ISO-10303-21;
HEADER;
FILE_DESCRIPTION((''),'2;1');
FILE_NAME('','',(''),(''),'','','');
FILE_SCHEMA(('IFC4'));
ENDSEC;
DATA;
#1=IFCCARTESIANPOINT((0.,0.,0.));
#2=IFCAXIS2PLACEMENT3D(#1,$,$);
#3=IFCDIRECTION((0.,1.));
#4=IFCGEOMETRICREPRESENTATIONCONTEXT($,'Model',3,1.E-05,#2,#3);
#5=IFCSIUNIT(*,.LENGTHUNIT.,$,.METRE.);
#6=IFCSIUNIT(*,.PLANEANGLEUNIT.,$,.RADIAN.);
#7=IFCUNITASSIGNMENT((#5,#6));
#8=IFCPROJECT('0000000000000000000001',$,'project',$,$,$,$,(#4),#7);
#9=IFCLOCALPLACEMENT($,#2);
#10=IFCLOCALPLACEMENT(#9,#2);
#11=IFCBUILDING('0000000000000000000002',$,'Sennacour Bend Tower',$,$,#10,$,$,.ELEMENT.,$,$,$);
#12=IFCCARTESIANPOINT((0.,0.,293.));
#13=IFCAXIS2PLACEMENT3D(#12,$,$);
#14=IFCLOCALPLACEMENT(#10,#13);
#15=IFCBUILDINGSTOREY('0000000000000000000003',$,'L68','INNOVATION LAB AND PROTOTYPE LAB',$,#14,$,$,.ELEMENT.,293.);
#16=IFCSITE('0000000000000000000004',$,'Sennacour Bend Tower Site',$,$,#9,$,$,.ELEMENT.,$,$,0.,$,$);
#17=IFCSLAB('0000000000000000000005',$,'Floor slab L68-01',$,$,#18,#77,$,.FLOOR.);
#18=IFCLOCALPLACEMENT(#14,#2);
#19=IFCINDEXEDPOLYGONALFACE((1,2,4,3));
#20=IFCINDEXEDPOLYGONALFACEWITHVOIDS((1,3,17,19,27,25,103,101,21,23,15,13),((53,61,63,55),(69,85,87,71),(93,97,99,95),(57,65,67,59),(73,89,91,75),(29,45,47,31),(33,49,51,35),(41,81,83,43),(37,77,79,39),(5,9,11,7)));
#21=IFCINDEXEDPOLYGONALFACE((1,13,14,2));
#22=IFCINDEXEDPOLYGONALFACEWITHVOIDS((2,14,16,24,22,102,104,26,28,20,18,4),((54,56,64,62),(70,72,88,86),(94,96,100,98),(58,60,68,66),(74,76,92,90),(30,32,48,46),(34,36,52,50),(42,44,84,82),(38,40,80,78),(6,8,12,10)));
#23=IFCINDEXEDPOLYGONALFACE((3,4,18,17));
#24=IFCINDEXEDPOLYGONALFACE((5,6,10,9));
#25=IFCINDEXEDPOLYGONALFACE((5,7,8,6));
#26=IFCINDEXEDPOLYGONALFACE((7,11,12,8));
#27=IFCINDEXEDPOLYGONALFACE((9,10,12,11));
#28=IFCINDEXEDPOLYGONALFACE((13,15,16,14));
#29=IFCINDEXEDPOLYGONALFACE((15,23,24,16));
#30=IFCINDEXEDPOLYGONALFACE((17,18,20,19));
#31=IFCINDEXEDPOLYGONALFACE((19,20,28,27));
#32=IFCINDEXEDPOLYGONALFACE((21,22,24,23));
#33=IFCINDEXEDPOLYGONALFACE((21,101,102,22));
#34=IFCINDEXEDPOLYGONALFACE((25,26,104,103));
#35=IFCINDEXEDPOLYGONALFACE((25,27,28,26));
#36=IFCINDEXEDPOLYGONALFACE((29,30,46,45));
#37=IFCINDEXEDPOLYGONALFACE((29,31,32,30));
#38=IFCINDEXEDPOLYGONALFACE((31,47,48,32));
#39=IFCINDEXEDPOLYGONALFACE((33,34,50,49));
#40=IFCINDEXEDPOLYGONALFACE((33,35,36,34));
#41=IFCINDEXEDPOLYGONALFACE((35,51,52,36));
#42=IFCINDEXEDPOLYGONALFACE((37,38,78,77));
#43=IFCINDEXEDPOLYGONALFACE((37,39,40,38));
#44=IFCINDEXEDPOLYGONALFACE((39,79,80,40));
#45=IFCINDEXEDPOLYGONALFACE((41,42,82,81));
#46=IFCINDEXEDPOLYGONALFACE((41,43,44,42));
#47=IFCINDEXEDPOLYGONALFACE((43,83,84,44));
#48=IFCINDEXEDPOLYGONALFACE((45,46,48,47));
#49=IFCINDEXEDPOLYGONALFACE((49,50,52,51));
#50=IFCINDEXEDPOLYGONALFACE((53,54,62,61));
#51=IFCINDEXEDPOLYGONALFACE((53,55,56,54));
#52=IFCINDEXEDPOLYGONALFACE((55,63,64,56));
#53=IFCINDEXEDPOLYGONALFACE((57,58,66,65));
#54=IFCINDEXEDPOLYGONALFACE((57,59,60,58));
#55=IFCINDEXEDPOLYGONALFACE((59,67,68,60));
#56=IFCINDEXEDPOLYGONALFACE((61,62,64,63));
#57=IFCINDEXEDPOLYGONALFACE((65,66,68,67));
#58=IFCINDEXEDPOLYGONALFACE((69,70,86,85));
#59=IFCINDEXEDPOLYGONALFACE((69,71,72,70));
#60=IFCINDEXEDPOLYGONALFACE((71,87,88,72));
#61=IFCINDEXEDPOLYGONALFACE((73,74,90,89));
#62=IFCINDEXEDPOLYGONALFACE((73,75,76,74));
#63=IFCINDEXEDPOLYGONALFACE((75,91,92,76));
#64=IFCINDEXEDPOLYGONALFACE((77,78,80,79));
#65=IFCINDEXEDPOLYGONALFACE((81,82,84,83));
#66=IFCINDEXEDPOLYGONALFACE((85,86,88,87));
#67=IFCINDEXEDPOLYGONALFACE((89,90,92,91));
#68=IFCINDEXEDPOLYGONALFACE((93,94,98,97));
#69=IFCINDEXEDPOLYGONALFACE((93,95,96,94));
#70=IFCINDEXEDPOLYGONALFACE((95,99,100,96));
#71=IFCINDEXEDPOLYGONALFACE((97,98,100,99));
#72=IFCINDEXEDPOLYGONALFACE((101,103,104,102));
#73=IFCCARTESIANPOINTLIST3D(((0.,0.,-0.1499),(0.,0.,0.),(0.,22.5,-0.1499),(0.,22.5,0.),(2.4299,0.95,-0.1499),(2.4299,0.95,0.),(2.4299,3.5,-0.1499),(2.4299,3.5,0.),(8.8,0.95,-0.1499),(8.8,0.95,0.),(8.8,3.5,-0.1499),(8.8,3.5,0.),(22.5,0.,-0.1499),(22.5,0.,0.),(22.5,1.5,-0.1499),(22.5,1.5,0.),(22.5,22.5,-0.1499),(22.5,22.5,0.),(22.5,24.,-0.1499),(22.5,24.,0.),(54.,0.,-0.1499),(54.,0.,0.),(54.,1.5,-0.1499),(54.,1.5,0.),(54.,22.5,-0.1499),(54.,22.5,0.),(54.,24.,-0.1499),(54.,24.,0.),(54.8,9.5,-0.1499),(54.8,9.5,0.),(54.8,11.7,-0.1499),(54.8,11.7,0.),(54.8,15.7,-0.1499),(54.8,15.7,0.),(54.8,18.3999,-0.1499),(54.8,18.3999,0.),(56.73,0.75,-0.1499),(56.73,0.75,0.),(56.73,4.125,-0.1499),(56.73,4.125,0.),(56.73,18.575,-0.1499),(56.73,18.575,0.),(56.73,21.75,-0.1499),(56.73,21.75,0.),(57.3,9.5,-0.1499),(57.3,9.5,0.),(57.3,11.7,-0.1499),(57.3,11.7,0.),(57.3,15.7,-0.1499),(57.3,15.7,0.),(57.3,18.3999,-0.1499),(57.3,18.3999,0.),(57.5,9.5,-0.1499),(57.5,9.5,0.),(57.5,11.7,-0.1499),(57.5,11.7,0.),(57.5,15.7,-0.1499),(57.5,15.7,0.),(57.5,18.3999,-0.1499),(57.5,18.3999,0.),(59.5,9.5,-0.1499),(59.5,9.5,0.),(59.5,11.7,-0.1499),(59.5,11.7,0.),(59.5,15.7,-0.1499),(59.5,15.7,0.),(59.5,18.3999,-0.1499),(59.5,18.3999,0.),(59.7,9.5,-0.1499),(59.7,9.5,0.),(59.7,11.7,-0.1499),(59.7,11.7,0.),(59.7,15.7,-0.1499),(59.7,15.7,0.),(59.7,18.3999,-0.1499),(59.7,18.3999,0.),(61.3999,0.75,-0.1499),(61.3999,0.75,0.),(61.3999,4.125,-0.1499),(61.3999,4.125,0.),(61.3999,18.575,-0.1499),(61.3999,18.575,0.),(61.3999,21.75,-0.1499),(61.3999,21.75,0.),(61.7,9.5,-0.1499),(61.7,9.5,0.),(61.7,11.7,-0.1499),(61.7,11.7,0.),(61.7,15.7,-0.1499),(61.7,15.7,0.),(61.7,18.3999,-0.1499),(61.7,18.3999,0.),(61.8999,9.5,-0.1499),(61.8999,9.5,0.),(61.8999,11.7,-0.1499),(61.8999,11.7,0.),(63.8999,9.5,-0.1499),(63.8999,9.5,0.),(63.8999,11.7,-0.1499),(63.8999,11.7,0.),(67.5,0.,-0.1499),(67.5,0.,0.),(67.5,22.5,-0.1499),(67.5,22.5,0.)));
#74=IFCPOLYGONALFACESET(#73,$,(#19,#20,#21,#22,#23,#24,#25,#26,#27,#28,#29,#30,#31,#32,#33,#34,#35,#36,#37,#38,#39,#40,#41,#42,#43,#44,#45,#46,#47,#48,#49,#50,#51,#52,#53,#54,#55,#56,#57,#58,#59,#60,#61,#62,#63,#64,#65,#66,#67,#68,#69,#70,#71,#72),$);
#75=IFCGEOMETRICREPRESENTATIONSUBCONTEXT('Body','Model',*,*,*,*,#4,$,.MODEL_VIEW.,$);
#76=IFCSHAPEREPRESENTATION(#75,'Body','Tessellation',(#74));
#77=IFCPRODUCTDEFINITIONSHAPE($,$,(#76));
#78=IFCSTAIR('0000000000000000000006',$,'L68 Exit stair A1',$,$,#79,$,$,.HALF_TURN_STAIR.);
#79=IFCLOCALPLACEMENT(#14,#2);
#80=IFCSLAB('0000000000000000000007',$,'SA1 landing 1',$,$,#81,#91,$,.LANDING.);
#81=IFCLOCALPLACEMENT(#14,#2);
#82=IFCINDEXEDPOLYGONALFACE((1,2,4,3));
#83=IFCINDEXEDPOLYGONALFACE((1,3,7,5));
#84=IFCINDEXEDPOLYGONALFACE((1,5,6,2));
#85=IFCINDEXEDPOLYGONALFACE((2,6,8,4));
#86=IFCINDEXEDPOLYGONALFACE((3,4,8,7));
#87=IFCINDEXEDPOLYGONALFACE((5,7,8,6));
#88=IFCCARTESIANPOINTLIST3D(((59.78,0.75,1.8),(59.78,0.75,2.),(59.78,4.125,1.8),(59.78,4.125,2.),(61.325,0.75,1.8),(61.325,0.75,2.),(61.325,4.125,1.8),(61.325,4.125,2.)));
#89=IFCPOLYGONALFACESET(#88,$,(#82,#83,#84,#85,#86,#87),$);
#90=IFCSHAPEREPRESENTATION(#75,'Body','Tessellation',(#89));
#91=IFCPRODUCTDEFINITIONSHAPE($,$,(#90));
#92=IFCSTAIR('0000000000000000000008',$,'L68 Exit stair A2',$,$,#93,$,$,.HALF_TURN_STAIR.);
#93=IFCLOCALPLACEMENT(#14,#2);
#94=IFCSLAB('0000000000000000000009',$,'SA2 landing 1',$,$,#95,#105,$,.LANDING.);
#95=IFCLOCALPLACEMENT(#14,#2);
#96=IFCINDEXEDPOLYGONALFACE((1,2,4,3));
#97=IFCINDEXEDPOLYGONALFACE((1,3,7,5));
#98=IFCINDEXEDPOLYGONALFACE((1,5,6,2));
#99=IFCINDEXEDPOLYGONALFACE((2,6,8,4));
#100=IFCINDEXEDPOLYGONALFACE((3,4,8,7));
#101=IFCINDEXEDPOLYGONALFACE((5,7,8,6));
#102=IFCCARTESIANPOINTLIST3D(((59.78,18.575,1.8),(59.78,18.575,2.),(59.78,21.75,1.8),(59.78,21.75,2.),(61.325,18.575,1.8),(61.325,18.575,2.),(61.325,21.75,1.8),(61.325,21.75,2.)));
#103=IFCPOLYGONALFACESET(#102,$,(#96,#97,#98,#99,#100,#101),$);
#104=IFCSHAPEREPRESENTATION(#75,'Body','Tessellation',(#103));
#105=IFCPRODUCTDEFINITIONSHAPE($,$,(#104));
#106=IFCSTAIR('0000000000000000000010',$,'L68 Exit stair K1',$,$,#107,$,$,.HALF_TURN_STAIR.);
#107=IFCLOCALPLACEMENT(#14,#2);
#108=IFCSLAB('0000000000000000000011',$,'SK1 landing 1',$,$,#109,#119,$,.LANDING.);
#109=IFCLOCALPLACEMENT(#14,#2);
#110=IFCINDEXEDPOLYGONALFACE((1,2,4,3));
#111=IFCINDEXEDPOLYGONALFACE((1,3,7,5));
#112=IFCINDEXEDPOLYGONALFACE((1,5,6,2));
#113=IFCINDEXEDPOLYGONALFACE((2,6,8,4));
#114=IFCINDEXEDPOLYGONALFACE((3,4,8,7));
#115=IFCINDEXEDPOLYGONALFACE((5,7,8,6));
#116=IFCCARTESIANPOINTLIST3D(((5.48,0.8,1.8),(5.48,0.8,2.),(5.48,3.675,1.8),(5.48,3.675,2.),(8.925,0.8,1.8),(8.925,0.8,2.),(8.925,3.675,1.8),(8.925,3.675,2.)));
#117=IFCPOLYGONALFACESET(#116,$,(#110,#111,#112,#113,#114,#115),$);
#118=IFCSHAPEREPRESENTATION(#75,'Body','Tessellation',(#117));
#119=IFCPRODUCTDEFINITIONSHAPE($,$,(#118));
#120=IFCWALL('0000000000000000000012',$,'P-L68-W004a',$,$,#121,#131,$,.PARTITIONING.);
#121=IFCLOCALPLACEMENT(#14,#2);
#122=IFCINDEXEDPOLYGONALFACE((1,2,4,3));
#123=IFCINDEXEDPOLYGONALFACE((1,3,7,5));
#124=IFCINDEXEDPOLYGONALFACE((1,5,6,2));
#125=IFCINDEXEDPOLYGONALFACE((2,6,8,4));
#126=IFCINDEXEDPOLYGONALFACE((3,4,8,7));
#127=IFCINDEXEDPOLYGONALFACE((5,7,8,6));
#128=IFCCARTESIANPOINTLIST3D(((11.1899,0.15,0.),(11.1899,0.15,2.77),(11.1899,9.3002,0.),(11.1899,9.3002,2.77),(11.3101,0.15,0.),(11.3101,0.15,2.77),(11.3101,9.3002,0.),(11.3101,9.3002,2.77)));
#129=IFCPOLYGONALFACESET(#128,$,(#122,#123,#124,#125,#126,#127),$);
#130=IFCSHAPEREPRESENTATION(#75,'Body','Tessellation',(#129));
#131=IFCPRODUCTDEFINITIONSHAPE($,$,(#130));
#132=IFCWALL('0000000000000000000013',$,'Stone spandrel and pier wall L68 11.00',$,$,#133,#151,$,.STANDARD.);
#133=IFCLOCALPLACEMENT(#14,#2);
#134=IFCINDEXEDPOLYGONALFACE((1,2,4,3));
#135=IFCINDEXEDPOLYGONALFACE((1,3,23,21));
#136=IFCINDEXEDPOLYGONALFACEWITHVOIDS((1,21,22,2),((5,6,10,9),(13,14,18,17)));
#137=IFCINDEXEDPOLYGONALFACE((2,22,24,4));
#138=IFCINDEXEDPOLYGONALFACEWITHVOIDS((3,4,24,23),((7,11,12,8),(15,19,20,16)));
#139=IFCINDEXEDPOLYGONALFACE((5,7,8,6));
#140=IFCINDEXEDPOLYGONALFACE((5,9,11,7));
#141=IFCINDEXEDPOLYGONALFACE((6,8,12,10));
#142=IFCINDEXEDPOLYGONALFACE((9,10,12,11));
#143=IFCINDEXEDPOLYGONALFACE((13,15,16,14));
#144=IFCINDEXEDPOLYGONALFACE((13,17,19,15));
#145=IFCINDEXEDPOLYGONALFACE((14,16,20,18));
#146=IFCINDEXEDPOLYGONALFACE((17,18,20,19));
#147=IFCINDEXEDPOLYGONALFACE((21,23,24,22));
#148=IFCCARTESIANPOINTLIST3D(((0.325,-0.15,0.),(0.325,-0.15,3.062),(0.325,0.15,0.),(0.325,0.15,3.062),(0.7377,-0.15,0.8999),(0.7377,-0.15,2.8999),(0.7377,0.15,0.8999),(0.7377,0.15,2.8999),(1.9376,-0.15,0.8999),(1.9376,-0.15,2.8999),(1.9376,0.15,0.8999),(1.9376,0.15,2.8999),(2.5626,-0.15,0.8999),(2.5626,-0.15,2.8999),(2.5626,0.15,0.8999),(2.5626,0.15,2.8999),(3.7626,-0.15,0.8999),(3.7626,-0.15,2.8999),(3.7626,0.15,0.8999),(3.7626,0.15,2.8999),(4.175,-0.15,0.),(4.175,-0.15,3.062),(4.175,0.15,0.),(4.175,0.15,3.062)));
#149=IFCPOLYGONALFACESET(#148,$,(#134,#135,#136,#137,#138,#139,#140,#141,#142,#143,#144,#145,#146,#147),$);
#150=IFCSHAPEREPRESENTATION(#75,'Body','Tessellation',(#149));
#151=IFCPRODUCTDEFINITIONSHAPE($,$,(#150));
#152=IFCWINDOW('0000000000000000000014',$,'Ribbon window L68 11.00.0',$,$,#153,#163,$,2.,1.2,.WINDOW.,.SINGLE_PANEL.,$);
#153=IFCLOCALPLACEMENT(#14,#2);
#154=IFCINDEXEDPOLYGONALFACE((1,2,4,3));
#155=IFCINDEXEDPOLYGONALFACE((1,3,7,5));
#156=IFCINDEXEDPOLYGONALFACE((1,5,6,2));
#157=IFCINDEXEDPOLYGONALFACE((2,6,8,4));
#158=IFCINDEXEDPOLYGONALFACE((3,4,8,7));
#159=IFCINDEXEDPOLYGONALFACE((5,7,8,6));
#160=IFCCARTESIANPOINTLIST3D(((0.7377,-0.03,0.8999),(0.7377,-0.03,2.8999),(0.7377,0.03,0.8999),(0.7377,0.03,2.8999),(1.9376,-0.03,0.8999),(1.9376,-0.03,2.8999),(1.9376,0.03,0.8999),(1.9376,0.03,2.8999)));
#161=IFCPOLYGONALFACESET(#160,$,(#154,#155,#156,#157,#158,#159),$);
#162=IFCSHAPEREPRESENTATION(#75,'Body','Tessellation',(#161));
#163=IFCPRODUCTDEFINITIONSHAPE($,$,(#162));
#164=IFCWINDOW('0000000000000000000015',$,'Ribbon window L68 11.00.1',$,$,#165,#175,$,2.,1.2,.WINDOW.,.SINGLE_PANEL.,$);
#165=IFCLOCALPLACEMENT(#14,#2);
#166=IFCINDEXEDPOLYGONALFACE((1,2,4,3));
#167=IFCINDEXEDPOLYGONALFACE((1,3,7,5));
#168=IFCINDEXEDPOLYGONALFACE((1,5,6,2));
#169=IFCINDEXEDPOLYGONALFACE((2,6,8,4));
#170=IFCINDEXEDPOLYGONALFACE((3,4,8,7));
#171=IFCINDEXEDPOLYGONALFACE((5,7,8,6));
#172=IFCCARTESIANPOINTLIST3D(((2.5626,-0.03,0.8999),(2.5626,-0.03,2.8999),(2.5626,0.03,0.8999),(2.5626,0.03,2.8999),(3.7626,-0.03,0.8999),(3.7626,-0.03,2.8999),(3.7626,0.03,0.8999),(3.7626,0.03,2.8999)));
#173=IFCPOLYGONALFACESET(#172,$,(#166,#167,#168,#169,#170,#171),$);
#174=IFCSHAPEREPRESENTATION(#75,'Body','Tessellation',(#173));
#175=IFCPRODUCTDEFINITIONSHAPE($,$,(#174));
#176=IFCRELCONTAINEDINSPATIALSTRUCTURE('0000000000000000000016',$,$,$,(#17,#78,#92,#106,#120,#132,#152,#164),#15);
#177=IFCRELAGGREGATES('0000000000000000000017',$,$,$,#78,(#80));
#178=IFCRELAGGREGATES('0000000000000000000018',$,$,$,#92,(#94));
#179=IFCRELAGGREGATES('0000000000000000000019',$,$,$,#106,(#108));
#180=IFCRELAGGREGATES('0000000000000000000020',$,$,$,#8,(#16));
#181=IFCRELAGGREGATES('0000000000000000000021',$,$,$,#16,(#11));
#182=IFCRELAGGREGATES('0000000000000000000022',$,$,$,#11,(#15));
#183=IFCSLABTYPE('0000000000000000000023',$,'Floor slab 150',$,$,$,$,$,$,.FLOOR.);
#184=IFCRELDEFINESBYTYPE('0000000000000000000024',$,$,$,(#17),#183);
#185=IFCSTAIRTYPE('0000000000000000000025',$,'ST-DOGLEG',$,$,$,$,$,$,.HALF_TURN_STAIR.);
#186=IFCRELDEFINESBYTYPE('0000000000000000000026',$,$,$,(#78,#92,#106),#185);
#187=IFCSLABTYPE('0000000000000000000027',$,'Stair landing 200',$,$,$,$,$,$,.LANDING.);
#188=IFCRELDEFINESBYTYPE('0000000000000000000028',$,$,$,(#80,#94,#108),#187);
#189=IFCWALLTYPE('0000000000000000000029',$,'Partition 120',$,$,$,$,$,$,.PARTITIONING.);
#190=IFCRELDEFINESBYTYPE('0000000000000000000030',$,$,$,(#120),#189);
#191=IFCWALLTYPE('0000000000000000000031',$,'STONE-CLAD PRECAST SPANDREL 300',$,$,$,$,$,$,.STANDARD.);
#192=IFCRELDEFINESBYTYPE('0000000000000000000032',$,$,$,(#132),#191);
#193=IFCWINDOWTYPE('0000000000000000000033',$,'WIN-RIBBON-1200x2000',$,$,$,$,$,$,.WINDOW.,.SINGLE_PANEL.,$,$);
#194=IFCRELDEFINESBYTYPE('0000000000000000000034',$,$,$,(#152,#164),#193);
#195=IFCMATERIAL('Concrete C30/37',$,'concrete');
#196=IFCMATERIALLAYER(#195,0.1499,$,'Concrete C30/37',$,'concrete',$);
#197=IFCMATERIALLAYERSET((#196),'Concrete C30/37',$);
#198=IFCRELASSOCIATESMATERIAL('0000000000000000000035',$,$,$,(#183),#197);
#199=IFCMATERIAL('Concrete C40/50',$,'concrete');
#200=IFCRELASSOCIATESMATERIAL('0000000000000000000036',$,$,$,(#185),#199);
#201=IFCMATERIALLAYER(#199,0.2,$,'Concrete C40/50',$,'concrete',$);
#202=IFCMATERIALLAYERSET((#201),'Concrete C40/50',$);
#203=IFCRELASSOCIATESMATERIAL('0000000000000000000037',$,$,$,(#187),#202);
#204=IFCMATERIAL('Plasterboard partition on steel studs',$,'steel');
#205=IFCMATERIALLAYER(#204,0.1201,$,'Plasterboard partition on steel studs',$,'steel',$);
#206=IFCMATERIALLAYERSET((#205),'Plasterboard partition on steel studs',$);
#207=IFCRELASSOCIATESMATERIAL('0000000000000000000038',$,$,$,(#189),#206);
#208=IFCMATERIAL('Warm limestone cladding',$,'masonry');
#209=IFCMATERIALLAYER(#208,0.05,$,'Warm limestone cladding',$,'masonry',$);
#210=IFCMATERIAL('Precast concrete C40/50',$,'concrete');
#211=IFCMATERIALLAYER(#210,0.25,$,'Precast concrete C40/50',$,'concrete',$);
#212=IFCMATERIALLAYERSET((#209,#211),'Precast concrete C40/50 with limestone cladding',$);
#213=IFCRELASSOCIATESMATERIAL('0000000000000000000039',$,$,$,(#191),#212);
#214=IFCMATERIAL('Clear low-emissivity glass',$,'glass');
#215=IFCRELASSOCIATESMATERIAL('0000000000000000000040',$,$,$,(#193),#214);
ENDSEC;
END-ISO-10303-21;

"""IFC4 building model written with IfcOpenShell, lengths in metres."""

from ifc_helpers import new_model, si_unit, direction, frame, frame_2d, origin, place, context, subcontext, project, spatial, polyline, rectangle, outline, extrude, material, layer, layer_set, type_object, element, fill, aggregate, save


model = new_model("IFC4")

# Units and contexts
model_context = context("Model", 3, precision=1e-05, world=origin(), true_north=direction((0.0, 1.0)))
body_context = subcontext(model_context, "Body", "Model", "MODEL_VIEW")
ifc_project = project(units=[si_unit("LENGTHUNIT", "METRE"), si_unit("PLANEANGLEUNIT", "RADIAN")], contexts=[model_context])

# Site, building, storey
site_placement = place(None, origin())
site = spatial("IfcSite", under=ifc_project, at=site_placement, Name="Sennacour Bend Tower Site", CompositionType="ELEMENT", RefElevation=0.0)
building_placement = place(site_placement, origin())
building = spatial("IfcBuilding", under=site, at=building_placement, Name="Sennacour Bend Tower", CompositionType="ELEMENT")
storey_placement = place(building_placement, frame((0.0, 0.0, 293.0)))
storey = spatial("IfcBuildingStorey", under=building, at=storey_placement, Name="L68", Description="INNOVATION LAB AND PROTOTYPE LAB", CompositionType="ELEMENT", Elevation=293.0)

# Slab
ifc_material_1 = material(Name="Concrete C30/37", Category="concrete")
ifc_layer_1 = layer(ifc_material_1, 0.1499, Name="Concrete C30/37", Category="concrete")
ifc_layer_set_1 = layer_set([ifc_layer_1], Name="Concrete C30/37")
slab_type_1 = type_object("IfcSlabType", Name="Floor slab 150", PredefinedType="FLOOR", material=ifc_layer_set_1)
slab_1_placement = place(storey_placement, frame((0.0, 0.0, -0.1499)))
element("IfcSlab", 1, at=slab_1_placement, inside=storey, type_object=slab_type_1, Name="Floor slab L68-01", PredefinedType="FLOOR", context=body_context, shape_type="SweptSolid", body=[
    extrude(outline(polyline([(0.0, 0.0), (0.0, 22.5), (22.5, 22.5), (22.5, 24.0), (54.0, 24.0), (54.0, 22.5), (67.5, 22.5), (67.5, 0.0), (54.0, 0.0), (54.0, 1.5), (22.5, 1.5), (22.5, 0.0), (0.0, 0.0)]), holes=[polyline([(8.8, 3.5), (2.4299, 3.5), (2.4299, 0.95), (8.8, 0.95), (8.8, 3.5)]), polyline([(61.3999, 4.125), (56.73, 4.125), (56.73, 0.75), (61.3999, 0.75), (61.3999, 4.125)]), polyline([(57.3, 11.7), (54.8, 11.7), (54.8, 9.5), (57.3, 9.5), (57.3, 11.7)]), polyline([(59.5, 9.5), (59.5, 11.7), (57.5, 11.7), (57.5, 9.5), (59.5, 9.5)]), polyline([(61.7, 9.5), (61.7, 11.7), (59.7, 11.7), (59.7, 9.5), (61.7, 9.5)]), polyline([(63.8999, 11.7), (61.8999, 11.7), (61.8999, 9.5), (63.8999, 9.5), (63.8999, 11.7)]), polyline([(57.3, 18.3999), (54.8, 18.3999), (54.8, 15.7), (57.3, 15.7), (57.3, 18.3999)]), polyline([(59.5, 18.3999), (57.5, 18.3999), (57.5, 15.7), (59.5, 15.7), (59.5, 18.3999)]), polyline([(61.7, 15.7), (61.7, 18.3999), (59.7, 18.3999), (59.7, 15.7), (61.7, 15.7)]), polyline([(61.3999, 18.575), (61.3999, 21.75), (56.73, 21.75), (56.73, 18.575), (61.3999, 18.575)])]), origin(), (0.0, 0.0, 1.0), 0.1499),
])

# Stairs, slabs
ifc_material_2 = material(Name="Concrete C40/50", Category="concrete")
stair_type = type_object("IfcStairType", Name="ST-DOGLEG", PredefinedType="HALF_TURN_STAIR", material=ifc_material_2)
stair_1_placement = place(storey_placement, origin())
stair_1 = element("IfcStair", 2, at=stair_1_placement, inside=storey, type_object=stair_type, Name="L68 Exit stair A1", PredefinedType="HALF_TURN_STAIR")
ifc_layer_2 = layer(ifc_material_2, 0.2, Name="Concrete C40/50", Category="concrete")
ifc_layer_set_2 = layer_set([ifc_layer_2], Name="Concrete C40/50")
slab_type_2 = type_object("IfcSlabType", Name="Stair landing 200", PredefinedType="LANDING", material=ifc_layer_set_2)
slab_2_placement = place(storey_placement, frame((0.0, 0.0, 1.8)))
slab_2 = element("IfcSlab", 3, at=slab_2_placement, type_object=slab_type_2, Name="SA1 landing 1", PredefinedType="LANDING", context=body_context, shape_type="SweptSolid", body=[
    extrude(outline(polyline([(59.78, 0.75), (61.325, 0.75), (61.325, 4.125), (59.78, 4.125), (59.78, 0.75)])), origin(), (0.0, 0.0, 1.0), 0.2),
])
aggregate(stair_1, [slab_2])
stair_2_placement = place(storey_placement, origin())
stair_2 = element("IfcStair", 4, at=stair_2_placement, inside=storey, type_object=stair_type, Name="L68 Exit stair A2", PredefinedType="HALF_TURN_STAIR")
slab_3_placement = place(storey_placement, frame((0.0, 0.0, 1.8)))
slab_3 = element("IfcSlab", 5, at=slab_3_placement, type_object=slab_type_2, Name="SA2 landing 1", PredefinedType="LANDING", context=body_context, shape_type="SweptSolid", body=[
    extrude(outline(polyline([(59.78, 18.575), (61.325, 18.575), (61.325, 21.75), (59.78, 21.75), (59.78, 18.575)])), origin(), (0.0, 0.0, 1.0), 0.2),
])
aggregate(stair_2, [slab_3])
stair_3_placement = place(storey_placement, origin())
stair_3 = element("IfcStair", 6, at=stair_3_placement, inside=storey, type_object=stair_type, Name="L68 Exit stair K1", PredefinedType="HALF_TURN_STAIR")
slab_4_placement = place(storey_placement, frame((0.0, 0.0, 1.8)))
slab_4 = element("IfcSlab", 7, at=slab_4_placement, type_object=slab_type_2, Name="SK1 landing 1", PredefinedType="LANDING", context=body_context, shape_type="SweptSolid", body=[
    extrude(outline(polyline([(5.48, 0.8), (8.925, 0.8), (8.925, 3.675), (5.48, 3.675), (5.48, 0.8)])), origin(), (0.0, 0.0, 1.0), 0.2),
])

# Wall
ifc_material_3 = material(Name="Plasterboard partition on steel studs", Category="steel")
ifc_layer_3 = layer(ifc_material_3, 0.1201, Name="Plasterboard partition on steel studs", Category="steel")
ifc_layer_set_3 = layer_set([ifc_layer_3], Name="Plasterboard partition on steel studs")
wall_type_1 = type_object("IfcWallType", Name="Partition 120", PredefinedType="PARTITIONING", material=ifc_layer_set_3)
wall_1_placement = place(storey_placement, frame((11.25, 0.1499, 0.0), z_axis=(0.0, 0.0, 1.0), x_axis=(0.0, 1.0, 0.0)))
element("IfcWall", 8, at=wall_1_placement, inside=storey, type_object=wall_type_1, Name="P-L68-W004a", PredefinedType="PARTITIONING", context=body_context, shape_type="SweptSolid", body=[
    extrude(rectangle(XDim=9.1501, YDim=0.1201, at=frame_2d((4.5752, 0.0))), origin(), (0.0, 0.0, 1.0), 2.77),
])

# Wall, openings, windows
ifc_material_4 = material(Name="Warm limestone cladding", Category="masonry")
ifc_layer_4 = layer(ifc_material_4, 0.05, Name="Warm limestone cladding", Category="masonry")
ifc_material_5 = material(Name="Precast concrete C40/50", Category="concrete")
ifc_layer_5 = layer(ifc_material_5, 0.25, Name="Precast concrete C40/50", Category="concrete")
ifc_layer_set_4 = layer_set([ifc_layer_4, ifc_layer_5], Name="Precast concrete C40/50 with limestone cladding")
wall_type_2 = type_object("IfcWallType", Name="STONE-CLAD PRECAST SPANDREL 300", PredefinedType="STANDARD", material=ifc_layer_set_4)
wall_2_placement = place(storey_placement, frame((0.325, 0.0, 0.0), z_axis=(0.0, 0.0, 1.0), x_axis=(1.0, 0.0, 0.0)))
wall_2 = element("IfcWall", 9, at=wall_2_placement, inside=storey, type_object=wall_type_2, Name="Stone spandrel and pier wall L68 11.00", PredefinedType="STANDARD", context=body_context, shape_type="SweptSolid", body=[
    extrude(rectangle(XDim=3.8501, YDim=0.3, at=frame_2d((1.925, 0.0))), origin(), (0.0, 0.0, 1.0), 3.062),
])
opening_1_placement = place(wall_2_placement, frame((0.4126, 0.0, 0.8999)))
opening_1 = element("IfcOpeningElement", 10, at=opening_1_placement, cuts=wall_2, PredefinedType="OPENING", context=body_context, shape_type="SweptSolid", body=[
    extrude(rectangle(XDim=1.2, YDim=2.0, at=frame_2d((0.6001, 1.0))), frame((0.0, 0.1602, 0.0), z_axis=(0.0, -1.0, 0.0), x_axis=(1.0, 0.0, 0.0)), (0.0, 0.0, 1.0), 0.3201),
])
opening_2_placement = place(wall_2_placement, frame((2.2375, 0.0, 0.8999)))
opening_2 = element("IfcOpeningElement", 11, at=opening_2_placement, cuts=wall_2, PredefinedType="OPENING", context=body_context, shape_type="SweptSolid", body=[
    extrude(rectangle(XDim=1.2, YDim=2.0, at=frame_2d((0.6001, 1.0))), frame((0.0, 0.1602, 0.0), z_axis=(0.0, -1.0, 0.0), x_axis=(1.0, 0.0, 0.0)), (0.0, 0.0, 1.0), 0.3201),
])
ifc_material_6 = material(Name="Clear low-emissivity glass", Category="glass")
window_type = type_object("IfcWindowType", Name="WIN-RIBBON-1200x2000", PartitioningType="SINGLE_PANEL", PredefinedType="WINDOW", material=ifc_material_6)
window_1_placement = place(opening_1_placement, origin())
window_1 = element("IfcWindow", 12, at=window_1_placement, inside=storey, type_object=window_type, Name="Ribbon window L68 11.00.0", OverallHeight=2.0, OverallWidth=1.2, PartitioningType="SINGLE_PANEL", PredefinedType="WINDOW", context=body_context, shape_type="SweptSolid", body=[
    extrude(rectangle(XDim=1.2, YDim=2.0, at=frame_2d((0.6001, 1.0))), frame((0.0, 0.03, 0.0), z_axis=(0.0, -1.0, 0.0), x_axis=(1.0, 0.0, 0.0)), (0.0, 0.0, 1.0), 0.0601),
])
fill(opening_1, window_1)
window_2_placement = place(opening_2_placement, origin())
window_2 = element("IfcWindow", 13, at=window_2_placement, inside=storey, type_object=window_type, Name="Ribbon window L68 11.00.1", OverallHeight=2.0, OverallWidth=1.2, PartitioningType="SINGLE_PANEL", PredefinedType="WINDOW", context=body_context, shape_type="SweptSolid", body=[
    extrude(rectangle(XDim=1.2, YDim=2.0, at=frame_2d((0.6001, 1.0))), frame((0.0, 0.03, 0.0), z_axis=(0.0, -1.0, 0.0), x_axis=(1.0, 0.0, 0.0)), (0.0, 0.0, 1.0), 0.0601),
])
fill(opening_2, window_2)

aggregate(stair_3, [slab_4])

save(model, "model.ifc")
